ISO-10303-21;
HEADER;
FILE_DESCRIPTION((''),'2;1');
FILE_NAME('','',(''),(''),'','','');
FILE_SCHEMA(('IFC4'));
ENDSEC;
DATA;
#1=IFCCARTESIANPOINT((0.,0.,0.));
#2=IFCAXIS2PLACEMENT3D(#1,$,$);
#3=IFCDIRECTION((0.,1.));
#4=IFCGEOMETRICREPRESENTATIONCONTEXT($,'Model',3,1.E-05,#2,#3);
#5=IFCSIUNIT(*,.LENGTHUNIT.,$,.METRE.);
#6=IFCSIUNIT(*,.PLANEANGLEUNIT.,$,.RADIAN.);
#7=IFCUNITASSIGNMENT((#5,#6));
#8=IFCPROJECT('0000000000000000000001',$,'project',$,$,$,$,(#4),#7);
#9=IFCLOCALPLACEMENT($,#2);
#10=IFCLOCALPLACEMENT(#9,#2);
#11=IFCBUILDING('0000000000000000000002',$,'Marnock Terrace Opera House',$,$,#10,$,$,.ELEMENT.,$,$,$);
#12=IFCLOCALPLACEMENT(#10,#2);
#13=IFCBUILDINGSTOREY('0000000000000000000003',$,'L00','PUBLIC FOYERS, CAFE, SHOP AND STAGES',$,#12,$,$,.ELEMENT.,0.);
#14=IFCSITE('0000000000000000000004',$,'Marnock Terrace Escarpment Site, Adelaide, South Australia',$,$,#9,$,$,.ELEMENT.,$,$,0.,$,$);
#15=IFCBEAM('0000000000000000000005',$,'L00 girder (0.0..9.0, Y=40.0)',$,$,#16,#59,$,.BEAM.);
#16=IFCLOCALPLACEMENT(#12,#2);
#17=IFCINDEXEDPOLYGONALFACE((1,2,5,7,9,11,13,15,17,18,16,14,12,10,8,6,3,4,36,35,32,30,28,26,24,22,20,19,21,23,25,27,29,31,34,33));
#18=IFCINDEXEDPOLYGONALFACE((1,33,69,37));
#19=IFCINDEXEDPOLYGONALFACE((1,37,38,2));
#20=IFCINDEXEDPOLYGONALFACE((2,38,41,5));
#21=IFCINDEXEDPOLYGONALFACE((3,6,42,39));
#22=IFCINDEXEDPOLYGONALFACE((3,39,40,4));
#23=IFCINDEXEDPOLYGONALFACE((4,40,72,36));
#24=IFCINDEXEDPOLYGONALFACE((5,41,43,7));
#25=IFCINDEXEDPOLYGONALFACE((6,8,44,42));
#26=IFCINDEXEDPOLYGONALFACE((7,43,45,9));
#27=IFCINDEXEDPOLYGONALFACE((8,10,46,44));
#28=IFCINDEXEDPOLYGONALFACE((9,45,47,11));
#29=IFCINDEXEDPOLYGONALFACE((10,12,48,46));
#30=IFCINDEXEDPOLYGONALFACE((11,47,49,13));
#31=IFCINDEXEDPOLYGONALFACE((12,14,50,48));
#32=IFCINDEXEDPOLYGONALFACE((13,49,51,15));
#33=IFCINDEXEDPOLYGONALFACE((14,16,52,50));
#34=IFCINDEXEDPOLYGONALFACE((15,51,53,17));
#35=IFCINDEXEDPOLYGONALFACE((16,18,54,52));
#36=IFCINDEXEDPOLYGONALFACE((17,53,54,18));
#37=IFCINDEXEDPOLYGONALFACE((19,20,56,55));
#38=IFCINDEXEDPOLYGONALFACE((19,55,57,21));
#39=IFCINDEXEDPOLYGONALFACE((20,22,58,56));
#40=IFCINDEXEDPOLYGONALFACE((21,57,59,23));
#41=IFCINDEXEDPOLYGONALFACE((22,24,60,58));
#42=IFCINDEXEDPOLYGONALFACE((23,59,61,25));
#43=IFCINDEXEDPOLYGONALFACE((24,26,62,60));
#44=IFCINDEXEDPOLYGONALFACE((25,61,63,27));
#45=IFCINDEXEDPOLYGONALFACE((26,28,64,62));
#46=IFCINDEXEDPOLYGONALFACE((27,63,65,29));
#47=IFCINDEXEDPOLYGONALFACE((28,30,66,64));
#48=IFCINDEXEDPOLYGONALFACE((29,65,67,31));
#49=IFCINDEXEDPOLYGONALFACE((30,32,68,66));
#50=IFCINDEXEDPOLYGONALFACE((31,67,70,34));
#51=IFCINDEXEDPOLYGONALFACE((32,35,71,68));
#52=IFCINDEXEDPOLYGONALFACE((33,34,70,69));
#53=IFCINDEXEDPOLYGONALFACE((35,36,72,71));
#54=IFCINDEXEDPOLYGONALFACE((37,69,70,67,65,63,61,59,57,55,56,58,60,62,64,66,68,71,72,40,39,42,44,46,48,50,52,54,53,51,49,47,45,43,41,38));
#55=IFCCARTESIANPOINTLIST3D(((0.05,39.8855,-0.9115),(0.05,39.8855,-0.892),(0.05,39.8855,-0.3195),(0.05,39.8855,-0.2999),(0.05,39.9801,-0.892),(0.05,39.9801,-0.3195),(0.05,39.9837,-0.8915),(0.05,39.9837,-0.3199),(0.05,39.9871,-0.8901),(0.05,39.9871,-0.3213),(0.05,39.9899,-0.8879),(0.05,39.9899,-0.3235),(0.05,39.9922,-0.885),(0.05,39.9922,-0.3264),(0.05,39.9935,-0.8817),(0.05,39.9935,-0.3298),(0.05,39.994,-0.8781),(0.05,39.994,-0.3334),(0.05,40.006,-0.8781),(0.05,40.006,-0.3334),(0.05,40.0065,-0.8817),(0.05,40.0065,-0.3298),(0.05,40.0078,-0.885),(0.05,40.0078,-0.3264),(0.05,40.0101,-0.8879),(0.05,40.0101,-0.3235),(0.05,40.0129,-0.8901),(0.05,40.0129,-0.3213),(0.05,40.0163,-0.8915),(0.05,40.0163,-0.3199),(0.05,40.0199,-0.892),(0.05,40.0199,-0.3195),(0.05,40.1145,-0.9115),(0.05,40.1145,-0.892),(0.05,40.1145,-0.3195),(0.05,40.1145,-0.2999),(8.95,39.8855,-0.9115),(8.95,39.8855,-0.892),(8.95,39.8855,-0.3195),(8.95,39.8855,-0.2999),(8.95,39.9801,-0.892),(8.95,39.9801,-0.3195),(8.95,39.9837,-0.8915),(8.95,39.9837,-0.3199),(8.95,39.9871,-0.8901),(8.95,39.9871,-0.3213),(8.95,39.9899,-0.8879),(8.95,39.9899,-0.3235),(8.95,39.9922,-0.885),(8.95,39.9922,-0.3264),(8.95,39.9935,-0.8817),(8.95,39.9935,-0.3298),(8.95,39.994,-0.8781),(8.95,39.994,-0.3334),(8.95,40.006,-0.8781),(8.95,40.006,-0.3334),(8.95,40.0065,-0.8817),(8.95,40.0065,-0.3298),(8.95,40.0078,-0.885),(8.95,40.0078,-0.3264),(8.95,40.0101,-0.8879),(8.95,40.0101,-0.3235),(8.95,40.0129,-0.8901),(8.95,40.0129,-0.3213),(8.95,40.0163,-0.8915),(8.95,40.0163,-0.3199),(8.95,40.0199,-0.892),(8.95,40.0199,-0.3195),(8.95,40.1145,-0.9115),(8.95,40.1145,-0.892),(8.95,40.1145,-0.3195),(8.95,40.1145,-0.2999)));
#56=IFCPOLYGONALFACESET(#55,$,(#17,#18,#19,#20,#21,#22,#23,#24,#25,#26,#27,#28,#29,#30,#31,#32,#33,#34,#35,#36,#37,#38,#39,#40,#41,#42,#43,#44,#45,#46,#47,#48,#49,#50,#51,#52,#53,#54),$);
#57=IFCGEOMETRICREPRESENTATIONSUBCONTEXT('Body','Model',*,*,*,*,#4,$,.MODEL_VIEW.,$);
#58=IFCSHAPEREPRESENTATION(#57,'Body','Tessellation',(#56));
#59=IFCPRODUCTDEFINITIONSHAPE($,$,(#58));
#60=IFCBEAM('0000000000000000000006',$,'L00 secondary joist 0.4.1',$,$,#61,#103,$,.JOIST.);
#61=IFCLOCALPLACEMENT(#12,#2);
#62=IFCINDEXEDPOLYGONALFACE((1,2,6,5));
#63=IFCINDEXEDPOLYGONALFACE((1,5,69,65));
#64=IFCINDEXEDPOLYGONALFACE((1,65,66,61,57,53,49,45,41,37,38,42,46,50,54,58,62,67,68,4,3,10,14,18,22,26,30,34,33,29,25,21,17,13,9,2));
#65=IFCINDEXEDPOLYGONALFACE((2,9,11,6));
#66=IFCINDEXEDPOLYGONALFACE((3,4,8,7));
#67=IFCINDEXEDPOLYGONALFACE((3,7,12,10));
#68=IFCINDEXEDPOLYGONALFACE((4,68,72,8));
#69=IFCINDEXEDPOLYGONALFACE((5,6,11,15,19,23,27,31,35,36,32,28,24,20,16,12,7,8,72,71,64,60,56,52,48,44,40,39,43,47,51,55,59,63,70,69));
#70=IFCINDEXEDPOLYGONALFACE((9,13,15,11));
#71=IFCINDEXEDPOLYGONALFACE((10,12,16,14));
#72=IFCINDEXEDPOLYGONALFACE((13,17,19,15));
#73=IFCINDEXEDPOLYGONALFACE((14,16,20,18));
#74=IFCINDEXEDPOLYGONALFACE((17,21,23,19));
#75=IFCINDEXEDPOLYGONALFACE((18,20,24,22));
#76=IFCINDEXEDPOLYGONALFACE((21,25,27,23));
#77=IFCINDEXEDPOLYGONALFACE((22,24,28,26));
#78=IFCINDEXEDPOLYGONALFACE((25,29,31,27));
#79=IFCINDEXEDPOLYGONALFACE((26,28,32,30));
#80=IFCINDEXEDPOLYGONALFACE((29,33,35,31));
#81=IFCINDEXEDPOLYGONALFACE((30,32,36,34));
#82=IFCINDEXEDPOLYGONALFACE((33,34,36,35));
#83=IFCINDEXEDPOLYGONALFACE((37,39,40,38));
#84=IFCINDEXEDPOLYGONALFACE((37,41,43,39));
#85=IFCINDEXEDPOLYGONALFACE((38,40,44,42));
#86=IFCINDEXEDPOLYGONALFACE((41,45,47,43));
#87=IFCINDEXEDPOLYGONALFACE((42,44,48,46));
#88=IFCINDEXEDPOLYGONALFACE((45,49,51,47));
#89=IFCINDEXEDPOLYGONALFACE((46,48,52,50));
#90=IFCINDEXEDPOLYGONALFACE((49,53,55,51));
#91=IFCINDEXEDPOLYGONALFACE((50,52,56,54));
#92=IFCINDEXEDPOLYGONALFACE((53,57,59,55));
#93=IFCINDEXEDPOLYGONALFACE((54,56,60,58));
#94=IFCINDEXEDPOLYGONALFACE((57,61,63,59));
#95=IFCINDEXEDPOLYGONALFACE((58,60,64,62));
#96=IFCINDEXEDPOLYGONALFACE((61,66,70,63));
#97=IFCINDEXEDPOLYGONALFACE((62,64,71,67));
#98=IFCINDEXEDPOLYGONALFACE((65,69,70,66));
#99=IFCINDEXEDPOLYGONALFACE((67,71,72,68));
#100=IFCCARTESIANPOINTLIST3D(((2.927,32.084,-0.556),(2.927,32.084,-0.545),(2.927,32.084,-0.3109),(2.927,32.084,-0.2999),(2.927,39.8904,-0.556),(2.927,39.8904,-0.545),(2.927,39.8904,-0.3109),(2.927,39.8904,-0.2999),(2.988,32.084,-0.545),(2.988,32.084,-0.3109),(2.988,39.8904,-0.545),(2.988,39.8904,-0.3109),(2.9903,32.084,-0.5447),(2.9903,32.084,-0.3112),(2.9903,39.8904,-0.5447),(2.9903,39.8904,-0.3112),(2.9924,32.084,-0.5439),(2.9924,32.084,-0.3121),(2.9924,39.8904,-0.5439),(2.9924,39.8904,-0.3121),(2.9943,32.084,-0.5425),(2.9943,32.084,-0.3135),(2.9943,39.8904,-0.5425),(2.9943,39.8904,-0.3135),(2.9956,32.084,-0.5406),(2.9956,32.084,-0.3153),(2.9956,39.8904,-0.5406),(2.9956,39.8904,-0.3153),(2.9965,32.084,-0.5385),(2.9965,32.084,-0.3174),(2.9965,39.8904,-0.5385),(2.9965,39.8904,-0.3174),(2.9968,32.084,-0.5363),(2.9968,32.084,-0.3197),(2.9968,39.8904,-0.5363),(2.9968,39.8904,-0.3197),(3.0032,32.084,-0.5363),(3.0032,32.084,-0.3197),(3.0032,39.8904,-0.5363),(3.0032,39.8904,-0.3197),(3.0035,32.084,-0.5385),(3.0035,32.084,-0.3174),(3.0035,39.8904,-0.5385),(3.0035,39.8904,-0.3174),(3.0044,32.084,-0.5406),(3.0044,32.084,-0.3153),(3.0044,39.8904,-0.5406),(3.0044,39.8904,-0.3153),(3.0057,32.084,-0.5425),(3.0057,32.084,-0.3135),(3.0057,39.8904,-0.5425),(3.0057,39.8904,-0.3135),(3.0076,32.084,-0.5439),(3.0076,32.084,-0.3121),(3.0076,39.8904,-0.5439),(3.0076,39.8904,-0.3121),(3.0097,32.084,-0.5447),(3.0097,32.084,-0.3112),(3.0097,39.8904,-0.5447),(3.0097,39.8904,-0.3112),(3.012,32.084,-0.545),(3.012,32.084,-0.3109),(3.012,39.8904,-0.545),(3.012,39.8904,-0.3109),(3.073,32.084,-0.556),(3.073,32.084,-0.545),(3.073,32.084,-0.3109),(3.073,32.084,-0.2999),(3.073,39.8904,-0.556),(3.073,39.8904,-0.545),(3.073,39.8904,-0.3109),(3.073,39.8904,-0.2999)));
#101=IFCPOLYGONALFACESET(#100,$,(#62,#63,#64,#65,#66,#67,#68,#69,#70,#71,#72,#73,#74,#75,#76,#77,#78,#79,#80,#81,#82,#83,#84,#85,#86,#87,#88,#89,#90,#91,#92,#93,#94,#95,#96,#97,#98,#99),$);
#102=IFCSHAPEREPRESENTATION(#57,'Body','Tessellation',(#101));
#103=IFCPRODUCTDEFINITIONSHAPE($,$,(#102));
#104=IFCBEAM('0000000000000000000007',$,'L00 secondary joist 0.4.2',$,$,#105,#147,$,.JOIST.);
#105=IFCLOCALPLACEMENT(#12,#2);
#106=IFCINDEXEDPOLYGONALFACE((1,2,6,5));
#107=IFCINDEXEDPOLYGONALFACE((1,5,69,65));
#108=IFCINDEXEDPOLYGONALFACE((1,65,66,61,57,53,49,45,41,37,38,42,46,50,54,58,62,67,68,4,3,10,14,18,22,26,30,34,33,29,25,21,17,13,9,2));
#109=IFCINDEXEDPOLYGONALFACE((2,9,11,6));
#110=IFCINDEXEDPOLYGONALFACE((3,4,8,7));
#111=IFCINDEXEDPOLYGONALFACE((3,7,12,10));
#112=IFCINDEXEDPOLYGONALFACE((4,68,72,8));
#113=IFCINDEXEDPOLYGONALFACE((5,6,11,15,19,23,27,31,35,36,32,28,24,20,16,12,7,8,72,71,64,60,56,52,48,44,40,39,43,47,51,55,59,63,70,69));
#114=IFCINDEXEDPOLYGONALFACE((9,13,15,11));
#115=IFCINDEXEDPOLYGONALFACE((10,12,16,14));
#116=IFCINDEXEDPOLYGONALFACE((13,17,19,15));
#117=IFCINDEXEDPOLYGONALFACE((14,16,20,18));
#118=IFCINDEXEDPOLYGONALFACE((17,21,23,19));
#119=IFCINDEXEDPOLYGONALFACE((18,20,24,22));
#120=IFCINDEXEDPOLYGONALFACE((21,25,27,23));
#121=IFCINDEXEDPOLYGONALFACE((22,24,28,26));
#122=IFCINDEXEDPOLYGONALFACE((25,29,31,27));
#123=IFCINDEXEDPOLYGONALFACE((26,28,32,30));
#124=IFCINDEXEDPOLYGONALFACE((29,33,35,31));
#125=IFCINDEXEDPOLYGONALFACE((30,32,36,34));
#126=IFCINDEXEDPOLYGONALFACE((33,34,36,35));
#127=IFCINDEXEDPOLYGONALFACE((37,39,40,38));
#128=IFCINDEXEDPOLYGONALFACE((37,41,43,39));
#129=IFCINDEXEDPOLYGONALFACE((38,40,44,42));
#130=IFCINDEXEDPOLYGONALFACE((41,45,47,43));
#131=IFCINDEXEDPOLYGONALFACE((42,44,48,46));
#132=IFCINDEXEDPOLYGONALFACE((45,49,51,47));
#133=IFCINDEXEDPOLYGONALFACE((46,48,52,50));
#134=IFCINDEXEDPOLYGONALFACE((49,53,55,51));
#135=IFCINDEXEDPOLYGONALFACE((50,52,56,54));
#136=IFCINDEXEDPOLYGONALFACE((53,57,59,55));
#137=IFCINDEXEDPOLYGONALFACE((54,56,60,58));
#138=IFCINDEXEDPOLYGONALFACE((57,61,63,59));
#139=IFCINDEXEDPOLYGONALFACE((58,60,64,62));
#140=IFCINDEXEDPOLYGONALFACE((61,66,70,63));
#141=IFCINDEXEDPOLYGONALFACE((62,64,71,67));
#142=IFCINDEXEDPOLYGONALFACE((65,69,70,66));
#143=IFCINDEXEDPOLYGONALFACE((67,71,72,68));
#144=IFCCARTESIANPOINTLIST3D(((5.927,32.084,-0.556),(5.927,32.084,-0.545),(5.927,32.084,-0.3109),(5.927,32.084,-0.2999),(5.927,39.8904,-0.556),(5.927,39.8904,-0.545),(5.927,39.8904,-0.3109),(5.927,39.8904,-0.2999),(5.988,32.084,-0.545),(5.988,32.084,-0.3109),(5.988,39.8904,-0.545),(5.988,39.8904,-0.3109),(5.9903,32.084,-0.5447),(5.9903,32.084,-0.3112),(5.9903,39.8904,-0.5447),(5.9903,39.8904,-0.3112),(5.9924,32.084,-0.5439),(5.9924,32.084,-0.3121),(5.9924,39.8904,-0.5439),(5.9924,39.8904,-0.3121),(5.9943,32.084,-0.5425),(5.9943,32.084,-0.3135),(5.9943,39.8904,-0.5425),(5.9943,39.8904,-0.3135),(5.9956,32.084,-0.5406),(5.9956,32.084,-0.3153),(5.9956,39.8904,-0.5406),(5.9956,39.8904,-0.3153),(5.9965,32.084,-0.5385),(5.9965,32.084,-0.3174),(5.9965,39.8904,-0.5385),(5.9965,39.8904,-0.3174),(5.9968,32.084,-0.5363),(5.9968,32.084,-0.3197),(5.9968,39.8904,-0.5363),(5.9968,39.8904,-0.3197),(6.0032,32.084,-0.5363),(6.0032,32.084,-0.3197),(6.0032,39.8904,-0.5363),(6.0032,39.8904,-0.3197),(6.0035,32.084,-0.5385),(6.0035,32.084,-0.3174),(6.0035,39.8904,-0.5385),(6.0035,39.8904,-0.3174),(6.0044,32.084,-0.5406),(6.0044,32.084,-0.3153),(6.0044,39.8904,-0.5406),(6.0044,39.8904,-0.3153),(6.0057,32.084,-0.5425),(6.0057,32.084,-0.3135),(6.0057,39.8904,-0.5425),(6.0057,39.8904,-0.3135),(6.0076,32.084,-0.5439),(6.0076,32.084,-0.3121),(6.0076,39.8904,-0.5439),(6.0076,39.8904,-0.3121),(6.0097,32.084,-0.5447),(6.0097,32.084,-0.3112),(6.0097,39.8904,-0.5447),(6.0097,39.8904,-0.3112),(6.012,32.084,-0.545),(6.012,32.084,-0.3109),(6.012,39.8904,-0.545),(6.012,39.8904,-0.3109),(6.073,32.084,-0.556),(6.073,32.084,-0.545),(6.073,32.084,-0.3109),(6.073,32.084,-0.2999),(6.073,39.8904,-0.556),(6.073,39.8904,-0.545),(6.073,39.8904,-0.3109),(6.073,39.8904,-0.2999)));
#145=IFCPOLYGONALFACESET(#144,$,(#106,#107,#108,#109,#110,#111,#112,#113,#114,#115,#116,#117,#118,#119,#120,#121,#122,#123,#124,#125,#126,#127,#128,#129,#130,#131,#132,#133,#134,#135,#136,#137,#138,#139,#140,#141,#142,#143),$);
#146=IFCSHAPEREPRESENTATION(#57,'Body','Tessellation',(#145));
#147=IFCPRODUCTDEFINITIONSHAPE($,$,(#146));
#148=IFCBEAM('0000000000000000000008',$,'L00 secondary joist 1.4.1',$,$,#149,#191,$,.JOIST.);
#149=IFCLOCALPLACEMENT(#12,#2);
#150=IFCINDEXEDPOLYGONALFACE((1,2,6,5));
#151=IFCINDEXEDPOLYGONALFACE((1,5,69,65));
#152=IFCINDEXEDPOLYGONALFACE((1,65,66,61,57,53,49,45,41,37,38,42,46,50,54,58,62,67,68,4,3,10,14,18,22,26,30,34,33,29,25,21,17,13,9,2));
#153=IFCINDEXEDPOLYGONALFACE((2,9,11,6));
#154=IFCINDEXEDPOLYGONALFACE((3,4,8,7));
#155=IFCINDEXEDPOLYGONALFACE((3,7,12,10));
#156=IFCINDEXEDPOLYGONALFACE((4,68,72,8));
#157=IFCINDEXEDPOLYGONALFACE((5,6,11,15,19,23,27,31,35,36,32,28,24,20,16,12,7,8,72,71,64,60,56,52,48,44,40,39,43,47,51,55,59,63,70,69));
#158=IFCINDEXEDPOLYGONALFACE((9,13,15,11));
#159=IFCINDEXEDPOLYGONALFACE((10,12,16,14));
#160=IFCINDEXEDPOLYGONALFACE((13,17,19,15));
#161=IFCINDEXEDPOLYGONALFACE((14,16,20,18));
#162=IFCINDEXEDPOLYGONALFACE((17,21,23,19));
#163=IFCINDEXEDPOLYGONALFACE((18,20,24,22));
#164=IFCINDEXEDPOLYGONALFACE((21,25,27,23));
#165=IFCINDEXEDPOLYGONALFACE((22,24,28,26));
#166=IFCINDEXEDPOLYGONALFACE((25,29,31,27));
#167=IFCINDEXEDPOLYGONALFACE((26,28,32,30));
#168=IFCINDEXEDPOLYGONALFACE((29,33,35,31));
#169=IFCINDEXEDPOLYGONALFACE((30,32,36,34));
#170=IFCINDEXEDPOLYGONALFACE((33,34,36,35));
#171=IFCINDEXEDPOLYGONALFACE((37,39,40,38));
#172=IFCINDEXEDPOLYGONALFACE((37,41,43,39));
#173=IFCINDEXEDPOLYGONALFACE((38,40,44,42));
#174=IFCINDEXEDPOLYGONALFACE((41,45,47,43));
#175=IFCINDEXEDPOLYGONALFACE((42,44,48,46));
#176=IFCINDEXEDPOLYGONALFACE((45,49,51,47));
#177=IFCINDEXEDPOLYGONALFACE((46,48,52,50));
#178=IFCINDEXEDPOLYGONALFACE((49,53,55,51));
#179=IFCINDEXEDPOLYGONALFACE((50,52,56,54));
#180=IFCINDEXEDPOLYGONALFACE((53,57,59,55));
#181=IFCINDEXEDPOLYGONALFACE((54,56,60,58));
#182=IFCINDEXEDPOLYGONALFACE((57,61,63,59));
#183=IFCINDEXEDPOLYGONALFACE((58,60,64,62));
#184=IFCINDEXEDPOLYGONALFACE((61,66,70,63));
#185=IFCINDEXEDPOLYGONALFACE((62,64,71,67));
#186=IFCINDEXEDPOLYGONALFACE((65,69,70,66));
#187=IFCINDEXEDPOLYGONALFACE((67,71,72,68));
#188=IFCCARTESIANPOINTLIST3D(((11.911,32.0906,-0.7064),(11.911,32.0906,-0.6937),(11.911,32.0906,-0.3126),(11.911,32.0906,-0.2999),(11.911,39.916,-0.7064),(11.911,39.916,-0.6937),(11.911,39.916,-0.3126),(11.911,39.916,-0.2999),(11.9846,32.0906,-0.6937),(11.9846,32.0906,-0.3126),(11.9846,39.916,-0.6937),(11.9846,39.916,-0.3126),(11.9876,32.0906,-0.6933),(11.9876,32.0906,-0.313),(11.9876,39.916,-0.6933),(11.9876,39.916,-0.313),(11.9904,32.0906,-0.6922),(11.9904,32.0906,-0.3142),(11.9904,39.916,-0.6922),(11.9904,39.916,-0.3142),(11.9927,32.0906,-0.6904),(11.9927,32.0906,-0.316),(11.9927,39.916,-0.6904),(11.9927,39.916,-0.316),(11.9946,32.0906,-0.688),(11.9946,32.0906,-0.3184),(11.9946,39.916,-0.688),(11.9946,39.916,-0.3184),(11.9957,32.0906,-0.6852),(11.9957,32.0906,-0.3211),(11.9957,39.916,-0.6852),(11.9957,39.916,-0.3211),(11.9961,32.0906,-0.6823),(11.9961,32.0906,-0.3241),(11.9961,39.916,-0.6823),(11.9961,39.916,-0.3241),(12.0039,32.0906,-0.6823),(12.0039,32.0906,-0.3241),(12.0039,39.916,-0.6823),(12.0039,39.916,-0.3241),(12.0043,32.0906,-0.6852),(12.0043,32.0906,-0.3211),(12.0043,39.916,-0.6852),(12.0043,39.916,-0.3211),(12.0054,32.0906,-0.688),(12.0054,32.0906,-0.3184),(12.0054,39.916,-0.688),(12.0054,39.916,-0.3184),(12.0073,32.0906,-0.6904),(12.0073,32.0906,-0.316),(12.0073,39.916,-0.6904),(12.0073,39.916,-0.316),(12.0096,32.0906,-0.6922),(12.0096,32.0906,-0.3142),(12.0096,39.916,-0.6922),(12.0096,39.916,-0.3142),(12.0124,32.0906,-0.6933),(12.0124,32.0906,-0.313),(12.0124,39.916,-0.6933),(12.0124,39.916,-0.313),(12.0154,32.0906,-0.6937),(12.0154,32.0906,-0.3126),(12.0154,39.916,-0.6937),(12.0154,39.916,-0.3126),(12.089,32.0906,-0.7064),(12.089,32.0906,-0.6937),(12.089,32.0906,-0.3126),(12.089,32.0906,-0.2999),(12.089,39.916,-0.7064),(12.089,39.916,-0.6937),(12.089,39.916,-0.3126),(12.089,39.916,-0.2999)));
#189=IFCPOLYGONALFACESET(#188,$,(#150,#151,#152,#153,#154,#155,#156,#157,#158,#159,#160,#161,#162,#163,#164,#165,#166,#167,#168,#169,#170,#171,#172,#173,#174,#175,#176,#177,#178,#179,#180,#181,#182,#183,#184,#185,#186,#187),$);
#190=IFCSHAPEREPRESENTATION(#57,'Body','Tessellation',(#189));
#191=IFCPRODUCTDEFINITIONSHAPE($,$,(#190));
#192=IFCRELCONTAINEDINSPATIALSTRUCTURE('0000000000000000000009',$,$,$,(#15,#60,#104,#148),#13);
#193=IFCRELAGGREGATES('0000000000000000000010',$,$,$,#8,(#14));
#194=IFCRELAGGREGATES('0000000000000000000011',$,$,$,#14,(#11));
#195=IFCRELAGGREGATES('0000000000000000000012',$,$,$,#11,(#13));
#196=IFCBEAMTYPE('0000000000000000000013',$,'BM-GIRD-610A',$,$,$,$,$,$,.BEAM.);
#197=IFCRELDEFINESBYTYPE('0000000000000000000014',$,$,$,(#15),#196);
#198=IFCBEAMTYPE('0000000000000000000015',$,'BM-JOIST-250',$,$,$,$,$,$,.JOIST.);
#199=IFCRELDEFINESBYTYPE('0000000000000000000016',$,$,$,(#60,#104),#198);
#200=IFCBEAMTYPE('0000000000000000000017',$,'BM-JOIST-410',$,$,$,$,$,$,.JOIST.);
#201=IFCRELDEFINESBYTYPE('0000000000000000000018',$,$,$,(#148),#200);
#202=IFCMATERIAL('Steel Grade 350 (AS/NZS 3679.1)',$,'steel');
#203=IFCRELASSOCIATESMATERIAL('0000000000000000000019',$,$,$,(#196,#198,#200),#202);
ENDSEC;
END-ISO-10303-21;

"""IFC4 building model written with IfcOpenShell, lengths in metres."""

from ifc_helpers import new_model, si_unit, direction, frame, origin, origin_2d, place, context, subcontext, project, spatial, i_section, extrude, material, material_profile, profile_set, type_object, element, save


model = new_model("IFC4")

# Units and contexts
model_context = context("Model", 3, precision=1e-05, world=origin(), true_north=direction((0.0, 1.0)))
body_context = subcontext(model_context, "Body", "Model", "MODEL_VIEW")
ifc_project = project(units=[si_unit("LENGTHUNIT", "METRE"), si_unit("PLANEANGLEUNIT", "RADIAN")], contexts=[model_context])

# Site, building, storey
site_placement = place(None, origin())
site = spatial("IfcSite", under=ifc_project, at=site_placement, Name="Marnock Terrace Escarpment Site, Adelaide, South Australia", CompositionType="ELEMENT", RefElevation=0.0)
building_placement = place(site_placement, origin())
building = spatial("IfcBuilding", under=site, at=building_placement, Name="Marnock Terrace Opera House", CompositionType="ELEMENT")
storey_placement = place(building_placement, origin())
storey = spatial("IfcBuildingStorey", under=building, at=storey_placement, Name="L00", Description="PUBLIC FOYERS, CAFE, SHOP AND STAGES", CompositionType="ELEMENT", Elevation=0.0)

# Beams
ifc_material_1 = material(Name="Steel Grade 350 (AS/NZS 3679.1)", Category="steel")
ifc_material_profile_1 = material_profile(ifc_material_1, i_section(OverallWidth=0.229, OverallDepth=0.6116, WebThickness=0.012, FlangeThickness=0.0195, FilletRadius=0.0139, at=origin_2d()))
ifc_profile_set_1 = profile_set([ifc_material_profile_1], Name="Steel Grade 350 (AS/NZS 3679.1)")
beam_type_1 = type_object("IfcBeamType", Name="BM-GIRD-610A", PredefinedType="BEAM", material=ifc_profile_set_1)
beam_1_placement = place(storey_placement, frame((0.05, 40.0, -0.6057), z_axis=(1.0, 0.0, 0.0), x_axis=(0.0, 1.0, 0.0)))
element("IfcBeam", 1, at=beam_1_placement, inside=storey, type_object=beam_type_1, Name="L00 girder (0.0..9.0, Y=40.0)", PredefinedType="BEAM", context=body_context, shape_type="SweptSolid", body=[
    extrude(i_section(OverallWidth=0.229, OverallDepth=0.6116, WebThickness=0.012, FlangeThickness=0.0195, FilletRadius=0.0139, at=origin_2d()), origin(), (0.0, 0.0, 1.0), 8.8999),
])
ifc_material_profile_2 = material_profile(ifc_material_1, i_section(OverallWidth=0.146, OverallDepth=0.2561, WebThickness=0.0063, FlangeThickness=0.011, FilletRadius=0.0088, at=origin_2d()))
ifc_profile_set_2 = profile_set([ifc_material_profile_2], Name="Steel Grade 350 (AS/NZS 3679.1)")
beam_type_2 = type_object("IfcBeamType", Name="BM-JOIST-250", PredefinedType="JOIST", material=ifc_profile_set_2)
for number, where, z_axis, x_axis, name in (
    (2, (3.0, 32.084, -0.428), (0.0, 1.0, 0.0), (-1.0, 0.0, 0.0), "L00 secondary joist 0.4.1"),
    (3, (6.0, 32.084, -0.428), (0.0, 1.0, 0.0), (-1.0, 0.0, 0.0), "L00 secondary joist 0.4.2"),
):
    element("IfcBeam", number, at=place(storey_placement, frame(where, z_axis=z_axis, x_axis=x_axis)), inside=storey, type_object=beam_type_2, Name=name, PredefinedType="JOIST", context=body_context, shape_type="SweptSolid", body=[
        extrude(i_section(OverallWidth=0.146, OverallDepth=0.2561, WebThickness=0.0063, FlangeThickness=0.011, FilletRadius=0.0088, at=origin_2d()), origin(), (0.0, 0.0, 1.0), 7.8064),
    ])
ifc_material_profile_3 = material_profile(ifc_material_1, i_section(OverallWidth=0.178, OverallDepth=0.4065, WebThickness=0.0078, FlangeThickness=0.0127, FilletRadius=0.0115, at=origin_2d()))
ifc_profile_set_3 = profile_set([ifc_material_profile_3], Name="Steel Grade 350 (AS/NZS 3679.1)")
beam_type_3 = type_object("IfcBeamType", Name="BM-JOIST-410", PredefinedType="JOIST", material=ifc_profile_set_3)
for number, where, z_axis, x_axis, name in (
    (4, (12.0, 32.0906, -0.5032), (0.0, 1.0, 0.0), (-1.0, 0.0, 0.0), "L00 secondary joist 1.4.1"),
):
    element("IfcBeam", number, at=place(storey_placement, frame(where, z_axis=z_axis, x_axis=x_axis)), inside=storey, type_object=beam_type_3, Name=name, PredefinedType="JOIST", context=body_context, shape_type="SweptSolid", body=[
        extrude(i_section(OverallWidth=0.178, OverallDepth=0.4065, WebThickness=0.0078, FlangeThickness=0.0127, FilletRadius=0.0115, at=origin_2d()), origin(), (0.0, 0.0, 1.0), 7.8254),
    ])

save(model, "model.ifc")
